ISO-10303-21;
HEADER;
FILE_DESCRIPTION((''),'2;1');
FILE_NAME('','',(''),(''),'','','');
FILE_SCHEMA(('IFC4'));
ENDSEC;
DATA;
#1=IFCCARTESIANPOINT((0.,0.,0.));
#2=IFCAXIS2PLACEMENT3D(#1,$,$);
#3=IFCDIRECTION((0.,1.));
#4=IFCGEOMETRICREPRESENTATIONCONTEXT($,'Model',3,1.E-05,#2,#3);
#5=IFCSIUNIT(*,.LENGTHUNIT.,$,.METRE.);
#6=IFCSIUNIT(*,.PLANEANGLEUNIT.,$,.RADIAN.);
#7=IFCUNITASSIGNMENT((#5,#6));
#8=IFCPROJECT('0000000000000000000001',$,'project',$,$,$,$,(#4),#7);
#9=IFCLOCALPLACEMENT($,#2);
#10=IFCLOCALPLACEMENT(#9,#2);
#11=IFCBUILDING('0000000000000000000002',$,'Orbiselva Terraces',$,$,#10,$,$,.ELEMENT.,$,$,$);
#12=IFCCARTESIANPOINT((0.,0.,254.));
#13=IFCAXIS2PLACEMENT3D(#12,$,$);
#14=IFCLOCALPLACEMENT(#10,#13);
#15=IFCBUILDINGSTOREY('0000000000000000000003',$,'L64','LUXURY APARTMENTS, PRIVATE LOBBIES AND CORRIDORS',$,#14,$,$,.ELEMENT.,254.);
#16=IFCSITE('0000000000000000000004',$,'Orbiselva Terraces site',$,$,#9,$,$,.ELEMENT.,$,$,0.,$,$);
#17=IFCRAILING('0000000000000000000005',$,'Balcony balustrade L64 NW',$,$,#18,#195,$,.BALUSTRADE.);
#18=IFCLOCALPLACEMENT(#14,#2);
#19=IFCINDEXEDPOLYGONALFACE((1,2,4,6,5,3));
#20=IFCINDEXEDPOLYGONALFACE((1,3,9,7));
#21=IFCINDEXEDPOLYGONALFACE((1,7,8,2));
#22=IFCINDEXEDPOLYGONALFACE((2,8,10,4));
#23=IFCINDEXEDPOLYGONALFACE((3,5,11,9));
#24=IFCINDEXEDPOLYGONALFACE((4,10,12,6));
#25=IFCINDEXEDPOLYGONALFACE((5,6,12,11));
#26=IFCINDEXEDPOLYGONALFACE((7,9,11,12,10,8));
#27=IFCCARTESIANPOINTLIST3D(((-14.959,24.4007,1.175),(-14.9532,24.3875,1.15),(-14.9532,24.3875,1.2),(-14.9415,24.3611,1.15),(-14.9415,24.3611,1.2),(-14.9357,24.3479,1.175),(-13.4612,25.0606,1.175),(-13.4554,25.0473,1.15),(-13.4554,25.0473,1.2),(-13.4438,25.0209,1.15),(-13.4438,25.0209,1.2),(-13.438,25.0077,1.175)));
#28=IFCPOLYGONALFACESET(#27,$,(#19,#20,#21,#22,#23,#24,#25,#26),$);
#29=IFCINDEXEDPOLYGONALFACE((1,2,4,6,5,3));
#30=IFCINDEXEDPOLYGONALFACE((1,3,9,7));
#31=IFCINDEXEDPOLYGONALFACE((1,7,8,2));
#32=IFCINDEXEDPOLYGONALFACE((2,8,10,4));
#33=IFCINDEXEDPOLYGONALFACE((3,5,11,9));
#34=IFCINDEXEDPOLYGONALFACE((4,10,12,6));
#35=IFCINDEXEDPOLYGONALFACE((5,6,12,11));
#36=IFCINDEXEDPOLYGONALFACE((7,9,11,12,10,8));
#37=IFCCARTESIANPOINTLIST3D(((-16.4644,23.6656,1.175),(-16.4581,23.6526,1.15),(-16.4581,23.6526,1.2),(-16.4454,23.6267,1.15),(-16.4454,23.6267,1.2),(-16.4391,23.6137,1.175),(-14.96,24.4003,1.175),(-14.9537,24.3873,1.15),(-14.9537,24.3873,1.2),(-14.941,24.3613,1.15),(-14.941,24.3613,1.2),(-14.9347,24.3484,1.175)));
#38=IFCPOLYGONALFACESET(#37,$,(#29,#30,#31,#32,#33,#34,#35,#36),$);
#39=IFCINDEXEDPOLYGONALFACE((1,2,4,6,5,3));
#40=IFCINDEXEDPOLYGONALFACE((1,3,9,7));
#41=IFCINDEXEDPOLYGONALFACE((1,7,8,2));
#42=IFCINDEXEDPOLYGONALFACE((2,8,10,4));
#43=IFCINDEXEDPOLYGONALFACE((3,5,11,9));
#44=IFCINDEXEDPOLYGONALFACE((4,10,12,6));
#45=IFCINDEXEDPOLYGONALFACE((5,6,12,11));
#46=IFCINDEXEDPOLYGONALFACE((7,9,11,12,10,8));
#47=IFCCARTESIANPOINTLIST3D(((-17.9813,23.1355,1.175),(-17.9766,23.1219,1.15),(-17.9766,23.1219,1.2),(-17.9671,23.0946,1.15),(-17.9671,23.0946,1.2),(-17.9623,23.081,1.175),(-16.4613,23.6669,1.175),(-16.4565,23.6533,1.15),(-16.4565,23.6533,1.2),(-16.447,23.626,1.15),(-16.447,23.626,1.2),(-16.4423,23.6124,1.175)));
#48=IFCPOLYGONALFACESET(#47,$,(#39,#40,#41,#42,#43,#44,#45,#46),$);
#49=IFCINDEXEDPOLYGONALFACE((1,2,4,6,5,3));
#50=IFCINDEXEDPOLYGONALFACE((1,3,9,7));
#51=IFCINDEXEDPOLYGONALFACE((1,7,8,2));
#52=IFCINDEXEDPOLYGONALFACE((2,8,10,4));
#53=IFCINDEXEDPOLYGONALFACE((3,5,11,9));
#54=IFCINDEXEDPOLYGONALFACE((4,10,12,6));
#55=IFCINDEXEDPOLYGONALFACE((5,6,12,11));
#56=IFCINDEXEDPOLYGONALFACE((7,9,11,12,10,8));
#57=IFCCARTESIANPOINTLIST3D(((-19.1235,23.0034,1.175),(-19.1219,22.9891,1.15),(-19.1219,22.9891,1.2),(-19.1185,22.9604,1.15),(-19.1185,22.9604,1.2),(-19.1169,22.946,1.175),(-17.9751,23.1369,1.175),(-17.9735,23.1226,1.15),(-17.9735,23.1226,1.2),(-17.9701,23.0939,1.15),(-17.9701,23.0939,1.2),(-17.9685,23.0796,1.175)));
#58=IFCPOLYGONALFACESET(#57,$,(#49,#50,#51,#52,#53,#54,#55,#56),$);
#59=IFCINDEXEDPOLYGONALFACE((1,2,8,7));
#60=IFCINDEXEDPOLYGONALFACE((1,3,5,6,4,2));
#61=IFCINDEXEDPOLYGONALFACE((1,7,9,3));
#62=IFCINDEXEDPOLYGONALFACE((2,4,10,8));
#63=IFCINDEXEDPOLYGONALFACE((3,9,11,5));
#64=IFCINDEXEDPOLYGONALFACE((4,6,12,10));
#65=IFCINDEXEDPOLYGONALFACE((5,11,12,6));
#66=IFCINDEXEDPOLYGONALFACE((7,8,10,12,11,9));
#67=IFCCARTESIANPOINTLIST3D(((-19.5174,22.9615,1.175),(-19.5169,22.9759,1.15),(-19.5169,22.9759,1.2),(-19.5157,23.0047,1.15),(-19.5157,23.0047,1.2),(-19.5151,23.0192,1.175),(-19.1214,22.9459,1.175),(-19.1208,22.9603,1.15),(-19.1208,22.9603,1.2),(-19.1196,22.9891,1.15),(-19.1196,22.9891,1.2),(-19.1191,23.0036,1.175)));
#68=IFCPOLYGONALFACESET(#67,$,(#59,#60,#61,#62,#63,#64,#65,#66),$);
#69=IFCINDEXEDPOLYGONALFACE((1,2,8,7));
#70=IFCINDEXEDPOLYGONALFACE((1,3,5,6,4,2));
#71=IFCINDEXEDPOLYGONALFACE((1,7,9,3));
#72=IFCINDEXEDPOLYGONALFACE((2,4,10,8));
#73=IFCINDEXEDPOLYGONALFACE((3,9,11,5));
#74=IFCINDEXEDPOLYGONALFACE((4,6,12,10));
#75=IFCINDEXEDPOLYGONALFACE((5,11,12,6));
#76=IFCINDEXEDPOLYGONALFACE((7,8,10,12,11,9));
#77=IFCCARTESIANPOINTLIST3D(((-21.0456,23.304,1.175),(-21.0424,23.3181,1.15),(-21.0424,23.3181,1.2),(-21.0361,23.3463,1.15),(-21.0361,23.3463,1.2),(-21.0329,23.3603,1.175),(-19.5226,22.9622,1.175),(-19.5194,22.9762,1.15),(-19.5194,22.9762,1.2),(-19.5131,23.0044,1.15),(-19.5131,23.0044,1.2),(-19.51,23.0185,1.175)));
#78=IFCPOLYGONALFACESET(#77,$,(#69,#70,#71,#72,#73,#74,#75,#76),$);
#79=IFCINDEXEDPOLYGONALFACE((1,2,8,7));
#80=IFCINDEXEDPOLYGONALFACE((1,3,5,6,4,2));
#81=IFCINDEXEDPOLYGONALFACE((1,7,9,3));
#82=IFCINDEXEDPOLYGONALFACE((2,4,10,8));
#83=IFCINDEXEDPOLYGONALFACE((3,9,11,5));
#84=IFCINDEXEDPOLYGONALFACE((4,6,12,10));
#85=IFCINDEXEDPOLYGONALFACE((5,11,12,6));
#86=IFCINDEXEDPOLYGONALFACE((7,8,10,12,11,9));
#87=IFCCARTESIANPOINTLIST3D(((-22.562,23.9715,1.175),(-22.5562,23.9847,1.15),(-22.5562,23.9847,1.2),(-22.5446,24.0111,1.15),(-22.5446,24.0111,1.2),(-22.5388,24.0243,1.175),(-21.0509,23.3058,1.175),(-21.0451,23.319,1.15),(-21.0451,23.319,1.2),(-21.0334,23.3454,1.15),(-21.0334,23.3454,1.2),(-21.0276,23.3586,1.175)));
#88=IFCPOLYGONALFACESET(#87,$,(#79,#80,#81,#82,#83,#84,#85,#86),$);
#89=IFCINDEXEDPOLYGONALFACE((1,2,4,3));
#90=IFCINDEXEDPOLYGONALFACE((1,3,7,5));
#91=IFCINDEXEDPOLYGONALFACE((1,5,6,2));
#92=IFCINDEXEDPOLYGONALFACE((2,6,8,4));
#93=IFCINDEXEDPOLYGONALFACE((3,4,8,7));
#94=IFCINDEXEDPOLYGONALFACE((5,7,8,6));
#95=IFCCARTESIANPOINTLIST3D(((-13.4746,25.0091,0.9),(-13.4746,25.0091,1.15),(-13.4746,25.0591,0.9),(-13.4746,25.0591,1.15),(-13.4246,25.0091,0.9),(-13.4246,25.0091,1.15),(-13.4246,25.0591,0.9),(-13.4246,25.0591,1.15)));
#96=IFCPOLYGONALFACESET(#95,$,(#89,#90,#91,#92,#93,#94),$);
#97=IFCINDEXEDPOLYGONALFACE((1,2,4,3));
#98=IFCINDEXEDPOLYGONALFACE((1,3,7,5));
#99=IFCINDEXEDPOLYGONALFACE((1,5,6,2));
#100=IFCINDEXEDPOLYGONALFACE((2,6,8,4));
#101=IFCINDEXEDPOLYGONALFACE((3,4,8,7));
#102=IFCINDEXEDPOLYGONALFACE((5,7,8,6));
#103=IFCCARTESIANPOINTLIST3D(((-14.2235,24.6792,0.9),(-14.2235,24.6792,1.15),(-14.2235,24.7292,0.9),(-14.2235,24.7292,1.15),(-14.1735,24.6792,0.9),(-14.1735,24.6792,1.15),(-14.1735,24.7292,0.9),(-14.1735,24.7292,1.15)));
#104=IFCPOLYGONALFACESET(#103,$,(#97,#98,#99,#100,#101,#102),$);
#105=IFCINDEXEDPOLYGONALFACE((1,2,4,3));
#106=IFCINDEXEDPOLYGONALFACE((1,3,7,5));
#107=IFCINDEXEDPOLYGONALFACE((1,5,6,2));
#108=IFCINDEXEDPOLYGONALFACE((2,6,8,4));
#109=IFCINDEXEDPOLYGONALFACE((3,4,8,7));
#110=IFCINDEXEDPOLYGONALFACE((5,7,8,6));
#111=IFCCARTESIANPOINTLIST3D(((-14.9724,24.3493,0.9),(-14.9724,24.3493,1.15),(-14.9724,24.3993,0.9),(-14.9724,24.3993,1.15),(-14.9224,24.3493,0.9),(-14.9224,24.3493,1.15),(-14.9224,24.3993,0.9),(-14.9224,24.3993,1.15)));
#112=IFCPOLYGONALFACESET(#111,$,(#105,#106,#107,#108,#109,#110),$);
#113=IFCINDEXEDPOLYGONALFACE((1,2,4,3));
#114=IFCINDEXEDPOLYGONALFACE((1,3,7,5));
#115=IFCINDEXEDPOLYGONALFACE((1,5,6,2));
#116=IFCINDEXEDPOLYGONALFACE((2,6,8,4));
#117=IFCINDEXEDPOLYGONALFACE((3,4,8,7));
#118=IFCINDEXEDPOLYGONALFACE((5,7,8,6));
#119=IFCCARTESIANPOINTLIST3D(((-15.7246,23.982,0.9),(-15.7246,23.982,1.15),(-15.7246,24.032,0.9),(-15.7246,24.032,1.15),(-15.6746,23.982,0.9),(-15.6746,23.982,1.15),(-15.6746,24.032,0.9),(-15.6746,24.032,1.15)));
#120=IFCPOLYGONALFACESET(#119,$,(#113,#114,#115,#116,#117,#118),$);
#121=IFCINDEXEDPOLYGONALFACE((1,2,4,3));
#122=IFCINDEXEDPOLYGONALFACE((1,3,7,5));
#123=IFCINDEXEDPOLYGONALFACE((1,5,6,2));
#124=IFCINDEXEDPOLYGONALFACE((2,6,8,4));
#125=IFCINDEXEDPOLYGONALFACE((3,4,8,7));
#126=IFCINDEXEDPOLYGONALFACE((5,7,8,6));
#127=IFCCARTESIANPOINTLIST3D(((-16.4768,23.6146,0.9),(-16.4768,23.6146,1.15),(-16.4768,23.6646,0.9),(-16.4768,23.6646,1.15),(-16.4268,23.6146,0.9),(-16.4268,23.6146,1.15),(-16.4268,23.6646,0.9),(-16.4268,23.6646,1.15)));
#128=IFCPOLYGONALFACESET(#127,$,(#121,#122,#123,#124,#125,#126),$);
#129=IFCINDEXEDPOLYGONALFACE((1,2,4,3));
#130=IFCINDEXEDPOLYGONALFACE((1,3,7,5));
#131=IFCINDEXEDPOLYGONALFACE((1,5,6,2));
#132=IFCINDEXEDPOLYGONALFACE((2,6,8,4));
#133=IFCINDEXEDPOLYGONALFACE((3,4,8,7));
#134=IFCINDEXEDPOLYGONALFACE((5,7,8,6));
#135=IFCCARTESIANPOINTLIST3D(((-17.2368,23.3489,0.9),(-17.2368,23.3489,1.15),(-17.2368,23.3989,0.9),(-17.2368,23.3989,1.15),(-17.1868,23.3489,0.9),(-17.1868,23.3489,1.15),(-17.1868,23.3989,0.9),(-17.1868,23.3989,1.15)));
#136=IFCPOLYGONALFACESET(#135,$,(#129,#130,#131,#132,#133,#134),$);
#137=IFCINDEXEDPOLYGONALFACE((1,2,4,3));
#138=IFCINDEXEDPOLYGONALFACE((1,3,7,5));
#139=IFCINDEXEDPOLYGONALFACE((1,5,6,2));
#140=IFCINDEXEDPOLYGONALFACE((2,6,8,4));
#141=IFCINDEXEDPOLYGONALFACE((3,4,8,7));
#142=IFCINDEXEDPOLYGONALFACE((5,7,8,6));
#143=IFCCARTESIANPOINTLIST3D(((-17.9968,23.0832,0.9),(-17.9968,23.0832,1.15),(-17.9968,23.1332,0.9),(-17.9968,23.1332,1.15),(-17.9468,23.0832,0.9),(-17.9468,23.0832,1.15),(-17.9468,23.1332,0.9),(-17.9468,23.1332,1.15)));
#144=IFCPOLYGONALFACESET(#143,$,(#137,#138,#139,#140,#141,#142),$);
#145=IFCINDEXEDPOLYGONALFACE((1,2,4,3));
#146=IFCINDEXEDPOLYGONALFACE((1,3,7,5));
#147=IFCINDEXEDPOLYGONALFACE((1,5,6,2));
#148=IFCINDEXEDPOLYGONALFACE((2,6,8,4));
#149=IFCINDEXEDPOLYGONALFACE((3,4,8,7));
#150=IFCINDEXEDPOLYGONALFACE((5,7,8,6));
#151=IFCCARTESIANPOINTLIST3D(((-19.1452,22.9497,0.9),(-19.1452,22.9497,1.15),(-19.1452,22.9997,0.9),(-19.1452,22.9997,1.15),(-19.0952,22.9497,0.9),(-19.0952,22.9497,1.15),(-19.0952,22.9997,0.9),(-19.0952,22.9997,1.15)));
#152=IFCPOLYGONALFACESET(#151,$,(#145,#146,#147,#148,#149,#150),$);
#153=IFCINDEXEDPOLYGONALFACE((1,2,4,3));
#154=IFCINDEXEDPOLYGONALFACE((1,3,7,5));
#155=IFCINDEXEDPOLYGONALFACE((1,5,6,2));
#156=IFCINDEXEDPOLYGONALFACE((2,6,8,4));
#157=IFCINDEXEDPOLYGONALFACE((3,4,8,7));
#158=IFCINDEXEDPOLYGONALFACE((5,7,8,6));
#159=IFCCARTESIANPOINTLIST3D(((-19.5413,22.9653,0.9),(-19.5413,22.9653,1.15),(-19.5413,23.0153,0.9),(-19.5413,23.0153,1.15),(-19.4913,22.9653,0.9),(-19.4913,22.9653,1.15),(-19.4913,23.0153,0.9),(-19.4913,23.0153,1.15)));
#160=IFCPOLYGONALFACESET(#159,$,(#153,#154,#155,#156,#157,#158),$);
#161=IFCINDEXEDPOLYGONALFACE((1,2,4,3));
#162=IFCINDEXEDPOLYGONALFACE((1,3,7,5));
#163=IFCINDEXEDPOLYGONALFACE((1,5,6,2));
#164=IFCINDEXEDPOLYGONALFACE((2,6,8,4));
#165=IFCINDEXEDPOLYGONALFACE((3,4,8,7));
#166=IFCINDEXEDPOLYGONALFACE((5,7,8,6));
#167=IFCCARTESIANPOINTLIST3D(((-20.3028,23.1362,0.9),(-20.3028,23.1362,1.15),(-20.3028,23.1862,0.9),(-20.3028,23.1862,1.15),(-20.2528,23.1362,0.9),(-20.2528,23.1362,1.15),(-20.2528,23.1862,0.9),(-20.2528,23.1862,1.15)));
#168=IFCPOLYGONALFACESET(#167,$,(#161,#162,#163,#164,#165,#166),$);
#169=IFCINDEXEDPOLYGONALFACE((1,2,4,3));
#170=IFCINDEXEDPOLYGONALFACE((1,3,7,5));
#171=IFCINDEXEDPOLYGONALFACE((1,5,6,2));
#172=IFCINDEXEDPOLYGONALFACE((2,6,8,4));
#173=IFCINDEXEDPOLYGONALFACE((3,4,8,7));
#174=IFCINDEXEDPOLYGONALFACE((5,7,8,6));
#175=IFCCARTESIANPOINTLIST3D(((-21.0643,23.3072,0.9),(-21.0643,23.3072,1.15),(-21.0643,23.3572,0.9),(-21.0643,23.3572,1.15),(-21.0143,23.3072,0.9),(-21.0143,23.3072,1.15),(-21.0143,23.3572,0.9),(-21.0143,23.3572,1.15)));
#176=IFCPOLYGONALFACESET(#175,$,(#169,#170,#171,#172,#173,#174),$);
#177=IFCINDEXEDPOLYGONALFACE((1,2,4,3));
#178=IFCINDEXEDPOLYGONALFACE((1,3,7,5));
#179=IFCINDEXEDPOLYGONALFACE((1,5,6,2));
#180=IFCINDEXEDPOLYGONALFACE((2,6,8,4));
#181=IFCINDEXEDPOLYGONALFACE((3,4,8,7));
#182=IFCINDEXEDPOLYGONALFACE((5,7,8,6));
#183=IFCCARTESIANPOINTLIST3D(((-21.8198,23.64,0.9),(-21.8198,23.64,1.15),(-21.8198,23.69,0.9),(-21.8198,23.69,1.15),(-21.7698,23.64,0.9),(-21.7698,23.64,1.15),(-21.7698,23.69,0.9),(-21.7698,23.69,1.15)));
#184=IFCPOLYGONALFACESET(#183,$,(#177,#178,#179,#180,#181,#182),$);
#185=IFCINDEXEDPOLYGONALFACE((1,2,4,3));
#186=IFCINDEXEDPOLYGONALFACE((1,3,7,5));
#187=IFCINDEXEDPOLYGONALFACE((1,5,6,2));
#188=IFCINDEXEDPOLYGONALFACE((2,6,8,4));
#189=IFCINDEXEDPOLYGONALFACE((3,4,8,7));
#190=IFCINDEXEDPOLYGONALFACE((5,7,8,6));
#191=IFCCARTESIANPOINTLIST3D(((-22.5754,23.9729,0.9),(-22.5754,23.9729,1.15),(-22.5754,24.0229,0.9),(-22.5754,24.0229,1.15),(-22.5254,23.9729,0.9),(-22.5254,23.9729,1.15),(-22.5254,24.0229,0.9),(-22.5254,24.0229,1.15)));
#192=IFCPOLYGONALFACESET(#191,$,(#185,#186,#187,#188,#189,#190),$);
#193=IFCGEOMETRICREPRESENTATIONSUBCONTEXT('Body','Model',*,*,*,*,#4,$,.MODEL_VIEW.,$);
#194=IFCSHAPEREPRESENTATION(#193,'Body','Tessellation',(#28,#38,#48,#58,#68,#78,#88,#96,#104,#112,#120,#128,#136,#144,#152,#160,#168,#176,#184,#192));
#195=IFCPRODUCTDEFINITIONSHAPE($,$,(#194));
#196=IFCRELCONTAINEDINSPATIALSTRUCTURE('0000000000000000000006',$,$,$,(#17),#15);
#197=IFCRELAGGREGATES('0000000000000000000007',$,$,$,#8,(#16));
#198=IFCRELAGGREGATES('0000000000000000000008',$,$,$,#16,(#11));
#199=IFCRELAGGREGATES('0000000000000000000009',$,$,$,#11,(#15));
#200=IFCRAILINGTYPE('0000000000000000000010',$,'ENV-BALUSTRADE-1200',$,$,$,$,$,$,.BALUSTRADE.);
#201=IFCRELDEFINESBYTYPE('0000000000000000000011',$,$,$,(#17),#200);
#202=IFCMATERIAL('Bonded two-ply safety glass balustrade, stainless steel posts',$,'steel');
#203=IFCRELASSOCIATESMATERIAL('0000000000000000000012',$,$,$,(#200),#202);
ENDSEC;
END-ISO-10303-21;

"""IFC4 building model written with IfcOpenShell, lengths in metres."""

from ifc_helpers import new_model, si_unit, direction, frame, origin, origin_2d, place, context, subcontext, project, spatial, polyline, rectangle, outline, extrude, material, type_object, element, save


model = new_model("IFC4")

# Units and contexts
model_context = context("Model", 3, precision=1e-05, world=origin(), true_north=direction((0.0, 1.0)))
body_context = subcontext(model_context, "Body", "Model", "MODEL_VIEW")
ifc_project = project(units=[si_unit("LENGTHUNIT", "METRE"), si_unit("PLANEANGLEUNIT", "RADIAN")], contexts=[model_context])

# Site, building, storey
site_placement = place(None, origin())
site = spatial("IfcSite", under=ifc_project, at=site_placement, Name="Orbiselva Terraces site", CompositionType="ELEMENT", RefElevation=0.0)
building_placement = place(site_placement, origin())
building = spatial("IfcBuilding", under=site, at=building_placement, Name="Orbiselva Terraces", CompositionType="ELEMENT")
storey_placement = place(building_placement, frame((0.0, 0.0, 254.0)))
storey = spatial("IfcBuildingStorey", under=building, at=storey_placement, Name="L64", Description="LUXURY APARTMENTS, PRIVATE LOBBIES AND CORRIDORS", CompositionType="ELEMENT", Elevation=254.0)

# Railing
ifc_material_1 = material(Name="Bonded two-ply safety glass balustrade, stainless steel posts", Category="steel")
railing_type_1 = type_object("IfcRailingType", Name="ENV-BALUSTRADE-1200", PredefinedType="BALUSTRADE", material=ifc_material_1)
railing_1_placement = place(storey_placement, frame((-13.4496, 25.0341, 0.9)))
element("IfcRailing", 1, at=railing_1_placement, inside=storey, type_object=railing_type_1, Name="Balcony balustrade L64 NW", PredefinedType="BALUSTRADE", context=body_context, shape_type="SweptSolid", body=[
    extrude(outline(polyline([(0.0289, 0.0), (0.0144, 0.025), (-0.0144, 0.025), (-0.0289, 0.0), (-0.0144, -0.025), (0.0144, -0.025), (0.0289, 0.0)])), frame((0.0, 0.0, 0.275), z_axis=(-0.915133, -0.403151, 0.0), x_axis=(0.403151, -0.915133, 0.0)), (0.0, 0.0, 1.0), 1.6366),
    extrude(outline(polyline([(0.0289, 0.0), (0.0144, 0.025), (-0.0144, 0.025), (-0.0289, 0.0), (-0.0144, -0.025), (0.0144, -0.025), (0.0289, 0.0)])), frame((-1.4978, -0.6598, 0.275), z_axis=(-0.898579, -0.438812, 0.0), x_axis=(0.438812, -0.898579, 0.0)), (0.0, 0.0, 1.0), 1.6742),
    extrude(outline(polyline([(0.0289, 0.0), (0.0144, 0.025), (-0.0144, 0.025), (-0.0289, 0.0), (-0.0144, -0.025), (0.0144, -0.025), (0.0289, 0.0)])), frame((-3.0022, -1.3945, 0.275), z_axis=(-0.943972, -0.330025, 0.0), x_axis=(0.330025, -0.943972, 0.0)), (0.0, 0.0, 1.0), 1.6103),
    extrude(outline(polyline([(0.0289, 0.0), (0.0144, 0.025), (-0.0144, 0.025), (-0.0289, 0.0), (-0.0144, -0.025), (0.0144, -0.025), (0.0289, 0.0)])), frame((-4.5222, -1.9259, 0.275), z_axis=(-0.99331, -0.115482, 0.0), x_axis=(0.115482, -0.99331, 0.0)), (0.0, 0.0, 1.0), 1.1561),
    extrude(outline(polyline([(0.0289, 0.0), (0.0144, 0.025), (-0.0144, 0.025), (-0.0289, 0.0), (-0.0144, -0.025), (0.0144, -0.025), (0.0289, 0.0)])), frame((-5.6706, -2.0594, 0.275), z_axis=(-0.999225, 0.039369, 0.0), x_axis=(-0.039369, -0.999225, 0.0)), (0.0, 0.0, 1.0), 0.3964),
    extrude(outline(polyline([(0.0289, 0.0), (0.0144, 0.025), (-0.0144, 0.025), (-0.0289, 0.0), (-0.0144, -0.025), (0.0144, -0.025), (0.0289, 0.0)])), frame((-6.0667, -2.0438, 0.275), z_axis=(-0.975721, 0.219016, 0.0), x_axis=(-0.219016, -0.975721, 0.0)), (0.0, 0.0, 1.0), 1.5609),
    extrude(outline(polyline([(0.0289, 0.0), (0.0144, 0.025), (-0.0144, 0.025), (-0.0289, 0.0), (-0.0144, -0.025), (0.0144, -0.025), (0.0289, 0.0)])), frame((-7.5896, -1.702, 0.275), z_axis=(-0.915134, 0.403151, 0.0), x_axis=(-0.403151, -0.915134, 0.0)), (0.0, 0.0, 1.0), 1.6513),
    extrude(rectangle(XDim=0.05, YDim=0.05, at=origin_2d()), origin(), (0.0, 0.0, 1.0), 0.25),
    extrude(rectangle(XDim=0.05, YDim=0.05, at=origin_2d()), frame((-0.7489, -0.3299, 0.0)), (0.0, 0.0, 1.0), 0.25),
    extrude(rectangle(XDim=0.05, YDim=0.05, at=origin_2d()), frame((-1.4978, -0.6598, 0.0)), (0.0, 0.0, 1.0), 0.25),
    extrude(rectangle(XDim=0.05, YDim=0.05, at=origin_2d()), frame((-2.25, -1.0272, 0.0)), (0.0, 0.0, 1.0), 0.25),
    extrude(rectangle(XDim=0.05, YDim=0.05, at=origin_2d()), frame((-3.0022, -1.3945, 0.0)), (0.0, 0.0, 1.0), 0.25),
    extrude(rectangle(XDim=0.05, YDim=0.05, at=origin_2d()), frame((-3.7622, -1.6602, 0.0)), (0.0, 0.0, 1.0), 0.25),
    extrude(rectangle(XDim=0.05, YDim=0.05, at=origin_2d()), frame((-4.5222, -1.9259, 0.0)), (0.0, 0.0, 1.0), 0.25),
    extrude(rectangle(XDim=0.05, YDim=0.05, at=origin_2d()), frame((-5.6706, -2.0594, 0.0)), (0.0, 0.0, 1.0), 0.25),
    extrude(rectangle(XDim=0.05, YDim=0.05, at=origin_2d()), frame((-6.0667, -2.0438, 0.0)), (0.0, 0.0, 1.0), 0.25),
    extrude(rectangle(XDim=0.05, YDim=0.05, at=origin_2d()), frame((-6.8282, -1.8729, 0.0)), (0.0, 0.0, 1.0), 0.25),
    extrude(rectangle(XDim=0.05, YDim=0.05, at=origin_2d()), frame((-7.5896, -1.702, 0.0)), (0.0, 0.0, 1.0), 0.25),
    extrude(rectangle(XDim=0.05, YDim=0.05, at=origin_2d()), frame((-8.3452, -1.3691, 0.0)), (0.0, 0.0, 1.0), 0.25),
    extrude(rectangle(XDim=0.05, YDim=0.05, at=origin_2d()), frame((-9.1008, -1.0362, 0.0)), (0.0, 0.0, 1.0), 0.25),
])

save(model, "model.ifc")
